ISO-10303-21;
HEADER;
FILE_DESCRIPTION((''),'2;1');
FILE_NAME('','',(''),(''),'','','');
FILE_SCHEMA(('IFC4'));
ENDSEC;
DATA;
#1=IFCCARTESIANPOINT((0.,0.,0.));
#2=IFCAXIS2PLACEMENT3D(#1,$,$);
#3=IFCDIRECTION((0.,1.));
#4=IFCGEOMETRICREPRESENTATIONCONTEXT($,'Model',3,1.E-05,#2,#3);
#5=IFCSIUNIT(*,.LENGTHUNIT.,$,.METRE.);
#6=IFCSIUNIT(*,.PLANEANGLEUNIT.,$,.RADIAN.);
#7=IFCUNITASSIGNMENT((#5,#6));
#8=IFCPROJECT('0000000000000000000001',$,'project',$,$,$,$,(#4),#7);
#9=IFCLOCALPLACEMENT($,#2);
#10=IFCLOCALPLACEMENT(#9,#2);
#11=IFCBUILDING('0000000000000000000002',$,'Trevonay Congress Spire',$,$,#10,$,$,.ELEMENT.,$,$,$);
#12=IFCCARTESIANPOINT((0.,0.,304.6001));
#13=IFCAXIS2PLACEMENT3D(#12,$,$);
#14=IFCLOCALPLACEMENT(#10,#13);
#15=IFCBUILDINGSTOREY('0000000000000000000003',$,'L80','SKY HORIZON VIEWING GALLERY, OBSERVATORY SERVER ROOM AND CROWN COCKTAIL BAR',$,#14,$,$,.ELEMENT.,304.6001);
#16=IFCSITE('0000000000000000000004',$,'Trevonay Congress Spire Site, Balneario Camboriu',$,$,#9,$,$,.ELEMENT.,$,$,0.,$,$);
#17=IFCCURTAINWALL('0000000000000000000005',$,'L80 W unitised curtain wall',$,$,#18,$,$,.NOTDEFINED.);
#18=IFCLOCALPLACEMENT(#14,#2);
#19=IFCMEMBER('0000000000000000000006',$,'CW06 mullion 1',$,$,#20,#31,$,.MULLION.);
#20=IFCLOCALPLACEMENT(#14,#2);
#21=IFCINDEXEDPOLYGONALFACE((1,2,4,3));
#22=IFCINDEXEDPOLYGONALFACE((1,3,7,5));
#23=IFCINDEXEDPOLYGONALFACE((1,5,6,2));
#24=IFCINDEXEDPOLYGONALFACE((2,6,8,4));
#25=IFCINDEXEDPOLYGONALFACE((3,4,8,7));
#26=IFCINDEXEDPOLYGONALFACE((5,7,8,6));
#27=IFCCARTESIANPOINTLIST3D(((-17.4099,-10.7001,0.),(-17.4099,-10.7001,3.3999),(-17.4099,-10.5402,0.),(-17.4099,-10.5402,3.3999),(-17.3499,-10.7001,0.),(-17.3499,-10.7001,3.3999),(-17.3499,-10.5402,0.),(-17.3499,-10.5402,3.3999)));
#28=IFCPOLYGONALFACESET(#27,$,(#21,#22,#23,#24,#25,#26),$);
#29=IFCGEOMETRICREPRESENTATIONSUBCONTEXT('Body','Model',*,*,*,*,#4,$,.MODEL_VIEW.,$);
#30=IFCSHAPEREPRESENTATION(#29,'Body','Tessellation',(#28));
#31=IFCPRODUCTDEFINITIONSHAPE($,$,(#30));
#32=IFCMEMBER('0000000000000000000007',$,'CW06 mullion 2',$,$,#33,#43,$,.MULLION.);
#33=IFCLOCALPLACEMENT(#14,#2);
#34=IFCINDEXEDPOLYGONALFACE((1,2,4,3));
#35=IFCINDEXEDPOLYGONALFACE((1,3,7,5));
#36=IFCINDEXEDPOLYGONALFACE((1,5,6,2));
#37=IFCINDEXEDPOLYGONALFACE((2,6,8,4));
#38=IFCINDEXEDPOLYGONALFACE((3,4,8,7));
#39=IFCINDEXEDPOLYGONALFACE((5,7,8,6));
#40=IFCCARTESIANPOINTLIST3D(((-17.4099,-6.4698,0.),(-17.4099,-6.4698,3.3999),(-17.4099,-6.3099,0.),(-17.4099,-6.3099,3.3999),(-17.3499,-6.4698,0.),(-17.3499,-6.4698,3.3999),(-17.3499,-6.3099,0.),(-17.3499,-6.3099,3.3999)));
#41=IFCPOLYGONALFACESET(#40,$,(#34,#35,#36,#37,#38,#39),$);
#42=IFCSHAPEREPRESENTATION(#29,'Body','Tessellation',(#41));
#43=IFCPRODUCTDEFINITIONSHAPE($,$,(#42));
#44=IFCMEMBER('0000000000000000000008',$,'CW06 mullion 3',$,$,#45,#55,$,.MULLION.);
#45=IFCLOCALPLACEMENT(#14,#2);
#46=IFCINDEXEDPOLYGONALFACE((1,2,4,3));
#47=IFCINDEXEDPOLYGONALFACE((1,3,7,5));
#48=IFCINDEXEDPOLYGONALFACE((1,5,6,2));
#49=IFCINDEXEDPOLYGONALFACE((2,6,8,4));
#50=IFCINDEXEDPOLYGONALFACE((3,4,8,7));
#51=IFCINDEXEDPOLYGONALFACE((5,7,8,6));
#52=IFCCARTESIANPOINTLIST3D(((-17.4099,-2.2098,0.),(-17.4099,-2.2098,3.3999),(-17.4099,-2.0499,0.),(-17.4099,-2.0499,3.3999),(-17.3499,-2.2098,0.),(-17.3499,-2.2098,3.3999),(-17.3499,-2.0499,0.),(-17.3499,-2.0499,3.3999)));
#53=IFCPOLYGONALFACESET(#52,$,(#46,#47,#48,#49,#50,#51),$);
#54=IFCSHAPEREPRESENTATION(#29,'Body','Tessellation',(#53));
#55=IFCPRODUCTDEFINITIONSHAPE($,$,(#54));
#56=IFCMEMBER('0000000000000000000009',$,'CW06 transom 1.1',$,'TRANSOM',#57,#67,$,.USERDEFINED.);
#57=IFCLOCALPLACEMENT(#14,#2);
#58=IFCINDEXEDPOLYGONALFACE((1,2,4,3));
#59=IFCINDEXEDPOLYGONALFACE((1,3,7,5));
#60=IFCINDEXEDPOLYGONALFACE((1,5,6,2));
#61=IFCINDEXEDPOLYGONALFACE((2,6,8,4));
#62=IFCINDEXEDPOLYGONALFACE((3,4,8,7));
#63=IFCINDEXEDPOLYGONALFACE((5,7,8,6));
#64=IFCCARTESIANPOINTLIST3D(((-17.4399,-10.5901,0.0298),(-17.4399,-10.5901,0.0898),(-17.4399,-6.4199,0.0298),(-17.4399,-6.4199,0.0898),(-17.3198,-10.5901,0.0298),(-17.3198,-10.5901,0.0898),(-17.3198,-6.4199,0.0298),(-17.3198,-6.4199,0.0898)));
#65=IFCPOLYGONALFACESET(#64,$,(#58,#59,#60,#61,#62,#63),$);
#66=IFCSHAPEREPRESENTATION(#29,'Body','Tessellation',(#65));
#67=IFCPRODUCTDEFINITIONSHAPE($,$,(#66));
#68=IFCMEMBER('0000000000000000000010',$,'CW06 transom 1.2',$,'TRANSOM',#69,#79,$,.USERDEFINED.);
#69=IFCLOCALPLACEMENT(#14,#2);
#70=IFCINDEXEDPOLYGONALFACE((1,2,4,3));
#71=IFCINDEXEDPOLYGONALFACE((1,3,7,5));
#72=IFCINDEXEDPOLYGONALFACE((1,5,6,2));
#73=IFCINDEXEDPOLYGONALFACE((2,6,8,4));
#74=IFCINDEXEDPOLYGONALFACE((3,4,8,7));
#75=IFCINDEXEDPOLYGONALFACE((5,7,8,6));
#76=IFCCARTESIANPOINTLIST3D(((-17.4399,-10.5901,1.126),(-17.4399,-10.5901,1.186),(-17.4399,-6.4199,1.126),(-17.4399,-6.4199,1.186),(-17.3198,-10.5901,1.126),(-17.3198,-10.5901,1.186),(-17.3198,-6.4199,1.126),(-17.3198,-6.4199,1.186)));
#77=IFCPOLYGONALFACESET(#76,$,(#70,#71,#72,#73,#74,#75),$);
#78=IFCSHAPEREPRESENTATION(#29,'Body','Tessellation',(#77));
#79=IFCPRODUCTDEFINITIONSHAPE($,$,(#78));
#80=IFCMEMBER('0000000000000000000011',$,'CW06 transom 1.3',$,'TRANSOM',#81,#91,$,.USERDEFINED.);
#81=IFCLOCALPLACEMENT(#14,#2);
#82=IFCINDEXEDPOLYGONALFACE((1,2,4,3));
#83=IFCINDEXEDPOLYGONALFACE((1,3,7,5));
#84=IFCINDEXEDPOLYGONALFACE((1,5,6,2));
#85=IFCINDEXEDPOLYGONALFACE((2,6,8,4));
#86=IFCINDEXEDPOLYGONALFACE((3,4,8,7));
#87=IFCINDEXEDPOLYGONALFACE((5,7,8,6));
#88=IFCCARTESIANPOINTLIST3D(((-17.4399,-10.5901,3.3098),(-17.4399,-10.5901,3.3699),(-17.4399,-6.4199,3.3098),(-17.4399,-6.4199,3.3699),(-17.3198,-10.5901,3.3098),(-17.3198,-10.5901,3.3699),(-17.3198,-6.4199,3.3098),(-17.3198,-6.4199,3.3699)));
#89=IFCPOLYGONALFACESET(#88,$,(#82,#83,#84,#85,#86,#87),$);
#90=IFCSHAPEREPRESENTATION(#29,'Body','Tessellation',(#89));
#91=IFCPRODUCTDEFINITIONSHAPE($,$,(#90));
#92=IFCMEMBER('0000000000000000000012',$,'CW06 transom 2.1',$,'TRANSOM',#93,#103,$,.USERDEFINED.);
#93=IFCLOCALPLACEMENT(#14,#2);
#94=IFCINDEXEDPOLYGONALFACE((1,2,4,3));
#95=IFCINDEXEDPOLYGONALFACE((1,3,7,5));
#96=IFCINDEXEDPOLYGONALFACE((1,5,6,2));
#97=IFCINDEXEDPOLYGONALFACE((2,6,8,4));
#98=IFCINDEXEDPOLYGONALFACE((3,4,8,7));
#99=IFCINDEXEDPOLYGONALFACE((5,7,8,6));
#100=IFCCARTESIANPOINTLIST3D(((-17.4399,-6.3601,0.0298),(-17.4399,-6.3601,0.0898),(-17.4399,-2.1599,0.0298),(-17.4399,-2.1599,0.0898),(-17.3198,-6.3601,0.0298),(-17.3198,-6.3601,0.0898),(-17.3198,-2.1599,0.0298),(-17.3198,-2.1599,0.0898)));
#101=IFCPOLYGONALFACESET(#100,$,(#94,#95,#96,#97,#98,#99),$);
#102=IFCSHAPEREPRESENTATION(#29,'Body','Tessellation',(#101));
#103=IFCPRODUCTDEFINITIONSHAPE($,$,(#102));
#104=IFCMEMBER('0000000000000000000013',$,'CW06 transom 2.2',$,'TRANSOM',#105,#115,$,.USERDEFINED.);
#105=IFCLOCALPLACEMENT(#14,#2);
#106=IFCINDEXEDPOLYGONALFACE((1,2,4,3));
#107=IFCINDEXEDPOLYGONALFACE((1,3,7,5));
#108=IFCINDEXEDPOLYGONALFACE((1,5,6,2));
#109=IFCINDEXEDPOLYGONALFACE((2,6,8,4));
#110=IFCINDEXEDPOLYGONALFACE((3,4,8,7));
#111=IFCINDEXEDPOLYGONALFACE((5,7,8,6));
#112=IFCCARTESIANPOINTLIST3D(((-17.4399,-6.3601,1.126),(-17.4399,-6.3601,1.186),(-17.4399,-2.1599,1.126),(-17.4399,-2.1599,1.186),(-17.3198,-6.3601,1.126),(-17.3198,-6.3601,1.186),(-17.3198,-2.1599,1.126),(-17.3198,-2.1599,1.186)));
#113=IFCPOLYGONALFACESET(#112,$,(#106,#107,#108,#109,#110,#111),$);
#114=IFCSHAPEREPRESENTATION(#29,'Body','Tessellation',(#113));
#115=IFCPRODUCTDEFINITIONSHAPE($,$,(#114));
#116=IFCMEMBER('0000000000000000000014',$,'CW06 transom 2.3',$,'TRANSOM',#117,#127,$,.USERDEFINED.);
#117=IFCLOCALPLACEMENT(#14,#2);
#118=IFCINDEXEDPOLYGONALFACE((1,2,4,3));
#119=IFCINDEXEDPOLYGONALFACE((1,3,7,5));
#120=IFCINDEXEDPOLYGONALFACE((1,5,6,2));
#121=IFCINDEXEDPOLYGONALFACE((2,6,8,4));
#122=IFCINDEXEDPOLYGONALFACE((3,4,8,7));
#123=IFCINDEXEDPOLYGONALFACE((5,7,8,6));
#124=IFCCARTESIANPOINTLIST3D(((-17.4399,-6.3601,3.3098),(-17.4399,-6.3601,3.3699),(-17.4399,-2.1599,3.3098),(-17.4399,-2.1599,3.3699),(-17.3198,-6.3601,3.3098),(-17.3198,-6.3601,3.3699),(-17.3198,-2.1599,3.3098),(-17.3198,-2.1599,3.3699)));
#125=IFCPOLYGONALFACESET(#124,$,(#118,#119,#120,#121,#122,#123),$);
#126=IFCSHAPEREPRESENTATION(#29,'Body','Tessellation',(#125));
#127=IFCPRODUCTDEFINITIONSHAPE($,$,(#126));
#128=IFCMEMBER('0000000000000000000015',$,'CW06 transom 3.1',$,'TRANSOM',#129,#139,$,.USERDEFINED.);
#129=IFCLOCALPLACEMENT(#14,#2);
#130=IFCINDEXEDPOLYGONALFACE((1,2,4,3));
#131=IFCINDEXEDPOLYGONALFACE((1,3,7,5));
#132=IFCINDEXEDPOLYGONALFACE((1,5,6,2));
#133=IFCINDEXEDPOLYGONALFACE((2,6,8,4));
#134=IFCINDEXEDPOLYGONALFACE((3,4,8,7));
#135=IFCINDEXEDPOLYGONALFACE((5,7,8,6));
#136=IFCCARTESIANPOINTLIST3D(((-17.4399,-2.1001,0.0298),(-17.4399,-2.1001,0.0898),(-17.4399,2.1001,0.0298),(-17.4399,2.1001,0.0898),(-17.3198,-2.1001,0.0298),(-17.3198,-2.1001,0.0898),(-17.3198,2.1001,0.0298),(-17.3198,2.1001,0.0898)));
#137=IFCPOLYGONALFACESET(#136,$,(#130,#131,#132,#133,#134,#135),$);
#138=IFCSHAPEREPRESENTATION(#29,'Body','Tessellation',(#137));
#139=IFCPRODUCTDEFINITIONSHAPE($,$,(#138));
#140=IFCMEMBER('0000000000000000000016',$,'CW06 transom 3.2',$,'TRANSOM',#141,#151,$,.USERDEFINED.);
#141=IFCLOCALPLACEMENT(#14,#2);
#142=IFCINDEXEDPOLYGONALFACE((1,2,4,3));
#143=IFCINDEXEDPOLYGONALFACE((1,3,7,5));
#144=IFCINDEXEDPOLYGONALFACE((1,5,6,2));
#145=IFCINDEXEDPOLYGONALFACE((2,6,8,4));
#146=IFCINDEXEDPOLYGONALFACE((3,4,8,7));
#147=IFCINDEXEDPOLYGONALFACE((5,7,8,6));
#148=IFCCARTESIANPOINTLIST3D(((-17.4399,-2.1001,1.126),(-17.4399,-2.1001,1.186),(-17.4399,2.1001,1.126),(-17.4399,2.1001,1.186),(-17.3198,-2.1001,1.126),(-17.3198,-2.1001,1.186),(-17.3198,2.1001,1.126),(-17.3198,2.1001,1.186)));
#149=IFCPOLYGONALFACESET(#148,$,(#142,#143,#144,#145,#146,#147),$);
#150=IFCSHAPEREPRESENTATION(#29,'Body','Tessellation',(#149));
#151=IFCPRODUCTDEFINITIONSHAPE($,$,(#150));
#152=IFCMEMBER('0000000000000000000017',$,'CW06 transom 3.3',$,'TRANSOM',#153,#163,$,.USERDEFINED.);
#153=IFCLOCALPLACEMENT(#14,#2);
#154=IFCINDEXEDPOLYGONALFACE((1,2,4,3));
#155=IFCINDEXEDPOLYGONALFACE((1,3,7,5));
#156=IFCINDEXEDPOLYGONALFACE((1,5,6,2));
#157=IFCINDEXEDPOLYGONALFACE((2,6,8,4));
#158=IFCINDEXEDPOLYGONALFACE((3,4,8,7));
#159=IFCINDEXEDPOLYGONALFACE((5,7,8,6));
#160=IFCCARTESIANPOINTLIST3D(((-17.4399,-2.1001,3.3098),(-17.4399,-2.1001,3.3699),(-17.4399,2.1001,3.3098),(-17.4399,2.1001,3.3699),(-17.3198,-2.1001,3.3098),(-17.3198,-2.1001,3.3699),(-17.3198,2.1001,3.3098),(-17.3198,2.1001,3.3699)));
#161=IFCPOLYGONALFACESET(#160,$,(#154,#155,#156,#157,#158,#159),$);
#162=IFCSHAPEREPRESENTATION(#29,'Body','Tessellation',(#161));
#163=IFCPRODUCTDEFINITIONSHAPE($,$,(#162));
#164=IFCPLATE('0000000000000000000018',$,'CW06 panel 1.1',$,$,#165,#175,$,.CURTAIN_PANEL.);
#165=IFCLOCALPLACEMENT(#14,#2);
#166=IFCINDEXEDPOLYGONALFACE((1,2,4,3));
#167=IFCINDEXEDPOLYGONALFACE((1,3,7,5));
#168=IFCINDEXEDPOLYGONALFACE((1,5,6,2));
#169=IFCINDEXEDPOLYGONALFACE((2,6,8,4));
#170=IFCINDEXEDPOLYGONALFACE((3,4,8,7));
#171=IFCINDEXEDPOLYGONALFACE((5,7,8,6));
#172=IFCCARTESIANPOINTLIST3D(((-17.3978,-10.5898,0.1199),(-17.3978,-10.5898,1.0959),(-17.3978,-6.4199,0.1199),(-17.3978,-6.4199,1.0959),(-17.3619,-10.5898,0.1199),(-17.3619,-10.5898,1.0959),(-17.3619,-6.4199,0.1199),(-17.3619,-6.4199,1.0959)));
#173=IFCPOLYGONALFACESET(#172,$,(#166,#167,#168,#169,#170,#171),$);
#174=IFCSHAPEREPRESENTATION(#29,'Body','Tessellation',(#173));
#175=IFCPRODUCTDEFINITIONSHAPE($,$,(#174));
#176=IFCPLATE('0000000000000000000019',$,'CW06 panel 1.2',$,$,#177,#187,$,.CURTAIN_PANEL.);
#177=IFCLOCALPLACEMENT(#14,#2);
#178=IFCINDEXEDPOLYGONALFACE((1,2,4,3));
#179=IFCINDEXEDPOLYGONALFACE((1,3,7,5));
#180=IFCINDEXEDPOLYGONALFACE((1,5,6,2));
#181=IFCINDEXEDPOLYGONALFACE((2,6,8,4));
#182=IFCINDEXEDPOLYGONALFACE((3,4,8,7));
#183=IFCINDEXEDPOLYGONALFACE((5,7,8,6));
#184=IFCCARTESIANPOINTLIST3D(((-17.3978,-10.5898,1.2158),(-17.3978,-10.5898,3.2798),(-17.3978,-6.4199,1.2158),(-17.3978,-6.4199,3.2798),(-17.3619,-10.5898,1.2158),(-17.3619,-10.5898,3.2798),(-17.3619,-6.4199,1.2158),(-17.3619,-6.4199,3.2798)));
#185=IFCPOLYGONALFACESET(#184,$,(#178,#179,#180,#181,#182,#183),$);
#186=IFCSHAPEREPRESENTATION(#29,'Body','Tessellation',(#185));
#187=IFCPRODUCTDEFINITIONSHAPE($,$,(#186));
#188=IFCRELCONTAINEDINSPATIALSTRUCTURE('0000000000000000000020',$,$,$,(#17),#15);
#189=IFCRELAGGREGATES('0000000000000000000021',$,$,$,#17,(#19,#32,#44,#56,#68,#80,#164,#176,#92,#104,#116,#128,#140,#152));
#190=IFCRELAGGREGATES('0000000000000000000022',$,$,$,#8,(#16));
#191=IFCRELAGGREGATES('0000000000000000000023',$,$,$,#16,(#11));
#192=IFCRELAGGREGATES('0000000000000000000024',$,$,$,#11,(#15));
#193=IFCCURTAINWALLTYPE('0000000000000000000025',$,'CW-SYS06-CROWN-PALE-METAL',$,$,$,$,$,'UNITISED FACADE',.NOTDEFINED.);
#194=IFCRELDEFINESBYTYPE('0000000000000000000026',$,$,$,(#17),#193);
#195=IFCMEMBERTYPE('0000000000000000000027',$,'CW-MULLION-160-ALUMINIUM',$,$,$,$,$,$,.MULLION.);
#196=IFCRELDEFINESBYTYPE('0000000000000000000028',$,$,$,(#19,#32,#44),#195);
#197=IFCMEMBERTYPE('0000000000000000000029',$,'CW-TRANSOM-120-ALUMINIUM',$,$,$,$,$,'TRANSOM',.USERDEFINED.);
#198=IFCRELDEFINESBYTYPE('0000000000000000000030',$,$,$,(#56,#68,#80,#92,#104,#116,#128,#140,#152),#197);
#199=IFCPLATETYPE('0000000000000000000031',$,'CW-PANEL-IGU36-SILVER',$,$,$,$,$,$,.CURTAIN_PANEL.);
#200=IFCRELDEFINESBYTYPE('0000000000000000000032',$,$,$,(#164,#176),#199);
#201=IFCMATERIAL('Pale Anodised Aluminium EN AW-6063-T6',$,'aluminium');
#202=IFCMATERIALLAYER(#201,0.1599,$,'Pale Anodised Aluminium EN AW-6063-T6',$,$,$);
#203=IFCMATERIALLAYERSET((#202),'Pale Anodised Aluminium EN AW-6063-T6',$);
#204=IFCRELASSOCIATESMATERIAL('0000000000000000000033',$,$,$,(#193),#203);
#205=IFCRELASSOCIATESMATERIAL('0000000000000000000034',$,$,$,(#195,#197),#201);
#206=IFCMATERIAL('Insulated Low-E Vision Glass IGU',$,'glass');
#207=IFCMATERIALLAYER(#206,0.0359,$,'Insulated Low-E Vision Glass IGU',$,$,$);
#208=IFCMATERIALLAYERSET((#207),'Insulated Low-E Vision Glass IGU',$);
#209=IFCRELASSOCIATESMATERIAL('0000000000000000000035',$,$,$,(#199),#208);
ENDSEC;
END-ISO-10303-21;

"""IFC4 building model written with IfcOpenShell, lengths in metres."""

from ifc_helpers import new_model, si_unit, direction, frame, origin, origin_2d, place, context, subcontext, project, spatial, rectangle, extrude, material, layer, layer_set, material_profile, profile_set, type_object, element, aggregate, save


model = new_model("IFC4")

# Units and contexts
model_context = context("Model", 3, precision=1e-05, world=origin(), true_north=direction((0.0, 1.0)))
body_context = subcontext(model_context, "Body", "Model", "MODEL_VIEW")
ifc_project = project(units=[si_unit("LENGTHUNIT", "METRE"), si_unit("PLANEANGLEUNIT", "RADIAN")], contexts=[model_context])

# Site, building, storey
site_placement = place(None, origin())
site = spatial("IfcSite", under=ifc_project, at=site_placement, Name="Trevonay Congress Spire Site, Balneario Camboriu", CompositionType="ELEMENT", RefElevation=0.0)
building_placement = place(site_placement, origin())
building = spatial("IfcBuilding", under=site, at=building_placement, Name="Trevonay Congress Spire", CompositionType="ELEMENT")
storey_placement = place(building_placement, frame((0.0, 0.0, 304.6001)))
storey = spatial("IfcBuildingStorey", under=building, at=storey_placement, Name="L80", Description="SKY HORIZON VIEWING GALLERY, OBSERVATORY SERVER ROOM AND CROWN COCKTAIL BAR", CompositionType="ELEMENT", Elevation=304.6001)

# Curtain wall, members, plates
ifc_material_1 = material(Name="Pale Anodised Aluminium EN AW-6063-T6", Category="aluminium")
ifc_layer_1 = layer(ifc_material_1, 0.1599, Name="Pale Anodised Aluminium EN AW-6063-T6")
ifc_layer_set_1 = layer_set([ifc_layer_1], Name="Pale Anodised Aluminium EN AW-6063-T6")
curtain_wall_type = type_object("IfcCurtainWallType", Name="CW-SYS06-CROWN-PALE-METAL", ElementType="UNITISED FACADE", PredefinedType="NOTDEFINED", material=ifc_layer_set_1)
curtain_wall_placement = place(storey_placement, origin())
curtain_wall = element("IfcCurtainWall", 1, at=curtain_wall_placement, inside=storey, type_object=curtain_wall_type, Name="L80 W unitised curtain wall", PredefinedType="NOTDEFINED")
ifc_material_profile_1 = material_profile(ifc_material_1, rectangle(XDim=0.0601, YDim=0.1599, at=origin_2d()), Name="CW-MULLION-160-ALUMINIUM")
ifc_profile_set_1 = profile_set([ifc_material_profile_1], Name="Pale Anodised Aluminium EN AW-6063-T6")
member_type_1 = type_object("IfcMemberType", Name="CW-MULLION-160-ALUMINIUM", PredefinedType="MULLION", material=ifc_profile_set_1)
member_1_placement = place(storey_placement, frame((-17.3799, -10.6201, 0.0), z_axis=(0.0, 0.0, 1.0), x_axis=(-1.0, 0.0, 0.0)))
member_1 = element("IfcMember", 2, at=member_1_placement, type_object=member_type_1, Name="CW06 mullion 1", PredefinedType="MULLION", context=body_context, shape_type="SweptSolid", body=[
    extrude(rectangle(XDim=0.0601, YDim=0.1599, at=origin_2d()), origin(), (0.0, 0.0, 1.0), 3.3999),
])
member_2_placement = place(storey_placement, frame((-17.3799, -6.3899, 0.0), z_axis=(0.0, 0.0, 1.0), x_axis=(-1.0, 0.0, 0.0)))
member_2 = element("IfcMember", 3, at=member_2_placement, type_object=member_type_1, Name="CW06 mullion 2", PredefinedType="MULLION", context=body_context, shape_type="SweptSolid", body=[
    extrude(rectangle(XDim=0.0601, YDim=0.1599, at=origin_2d()), origin(), (0.0, 0.0, 1.0), 3.3999),
])
member_3_placement = place(storey_placement, frame((-17.3799, -2.1299, 0.0), z_axis=(0.0, 0.0, 1.0), x_axis=(-1.0, 0.0, 0.0)))
member_3 = element("IfcMember", 4, at=member_3_placement, type_object=member_type_1, Name="CW06 mullion 3", PredefinedType="MULLION", context=body_context, shape_type="SweptSolid", body=[
    extrude(rectangle(XDim=0.0601, YDim=0.1599, at=origin_2d()), origin(), (0.0, 0.0, 1.0), 3.3999),
])
ifc_material_profile_2 = material_profile(ifc_material_1, rectangle(XDim=0.1201, YDim=0.0601, at=origin_2d()), Name="CW-TRANSOM-120-ALUMINIUM")
ifc_profile_set_2 = profile_set([ifc_material_profile_2], Name="Pale Anodised Aluminium EN AW-6063-T6")
member_type_2 = type_object("IfcMemberType", Name="CW-TRANSOM-120-ALUMINIUM", ElementType="TRANSOM", PredefinedType="USERDEFINED", material=ifc_profile_set_2)
member_4_placement = place(storey_placement, frame((-17.3799, -10.5901, 0.0598), z_axis=(0.0, 1.0, 0.0), x_axis=(-1.0, 0.0, 0.0)))
member_4 = element("IfcMember", 5, at=member_4_placement, type_object=member_type_2, Name="CW06 transom 1.1", ObjectType="TRANSOM", PredefinedType="USERDEFINED", context=body_context, shape_type="SweptSolid", body=[
    extrude(rectangle(XDim=0.1201, YDim=0.0601, at=origin_2d()), origin(), (0.0, 0.0, 1.0), 4.1702),
])
member_5_placement = place(storey_placement, frame((-17.3799, -10.5901, 1.156), z_axis=(0.0, 1.0, 0.0), x_axis=(-1.0, 0.0, 0.0)))
member_5 = element("IfcMember", 6, at=member_5_placement, type_object=member_type_2, Name="CW06 transom 1.2", ObjectType="TRANSOM", PredefinedType="USERDEFINED", context=body_context, shape_type="SweptSolid", body=[
    extrude(rectangle(XDim=0.1201, YDim=0.0601, at=origin_2d()), origin(), (0.0, 0.0, 1.0), 4.1702),
])
member_6_placement = place(storey_placement, frame((-17.3799, -10.5901, 3.3398), z_axis=(0.0, 1.0, 0.0), x_axis=(-1.0, 0.0, 0.0)))
member_6 = element("IfcMember", 7, at=member_6_placement, type_object=member_type_2, Name="CW06 transom 1.3", ObjectType="TRANSOM", PredefinedType="USERDEFINED", context=body_context, shape_type="SweptSolid", body=[
    extrude(rectangle(XDim=0.1201, YDim=0.0601, at=origin_2d()), origin(), (0.0, 0.0, 1.0), 4.1702),
])
member_7_placement = place(storey_placement, frame((-17.3799, -6.3601, 0.0598), z_axis=(0.0, 1.0, 0.0), x_axis=(-1.0, 0.0, 0.0)))
member_7 = element("IfcMember", 8, at=member_7_placement, type_object=member_type_2, Name="CW06 transom 2.1", ObjectType="TRANSOM", PredefinedType="USERDEFINED", context=body_context, shape_type="SweptSolid", body=[
    extrude(rectangle(XDim=0.1201, YDim=0.0601, at=origin_2d()), origin(), (0.0, 0.0, 1.0), 4.2002),
])
member_8_placement = place(storey_placement, frame((-17.3799, -6.3601, 1.156), z_axis=(0.0, 1.0, 0.0), x_axis=(-1.0, 0.0, 0.0)))
member_8 = element("IfcMember", 9, at=member_8_placement, type_object=member_type_2, Name="CW06 transom 2.2", ObjectType="TRANSOM", PredefinedType="USERDEFINED", context=body_context, shape_type="SweptSolid", body=[
    extrude(rectangle(XDim=0.1201, YDim=0.0601, at=origin_2d()), origin(), (0.0, 0.0, 1.0), 4.2002),
])
member_9_placement = place(storey_placement, frame((-17.3799, -6.3601, 3.3398), z_axis=(0.0, 1.0, 0.0), x_axis=(-1.0, 0.0, 0.0)))
member_9 = element("IfcMember", 10, at=member_9_placement, type_object=member_type_2, Name="CW06 transom 2.3", ObjectType="TRANSOM", PredefinedType="USERDEFINED", context=body_context, shape_type="SweptSolid", body=[
    extrude(rectangle(XDim=0.1201, YDim=0.0601, at=origin_2d()), origin(), (0.0, 0.0, 1.0), 4.2002),
])
member_10_placement = place(storey_placement, frame((-17.3799, -2.1001, 0.0598), z_axis=(0.0, 1.0, 0.0), x_axis=(-1.0, 0.0, 0.0)))
member_10 = element("IfcMember", 11, at=member_10_placement, type_object=member_type_2, Name="CW06 transom 3.1", ObjectType="TRANSOM", PredefinedType="USERDEFINED", context=body_context, shape_type="SweptSolid", body=[
    extrude(rectangle(XDim=0.1201, YDim=0.0601, at=origin_2d()), origin(), (0.0, 0.0, 1.0), 4.2002),
])
member_11_placement = place(storey_placement, frame((-17.3799, -2.1001, 1.156), z_axis=(0.0, 1.0, 0.0), x_axis=(-1.0, 0.0, 0.0)))
member_11 = element("IfcMember", 12, at=member_11_placement, type_object=member_type_2, Name="CW06 transom 3.2", ObjectType="TRANSOM", PredefinedType="USERDEFINED", context=body_context, shape_type="SweptSolid", body=[
    extrude(rectangle(XDim=0.1201, YDim=0.0601, at=origin_2d()), origin(), (0.0, 0.0, 1.0), 4.2002),
])
member_12_placement = place(storey_placement, frame((-17.3799, -2.1001, 3.3398), z_axis=(0.0, 1.0, 0.0), x_axis=(-1.0, 0.0, 0.0)))
member_12 = element("IfcMember", 13, at=member_12_placement, type_object=member_type_2, Name="CW06 transom 3.3", ObjectType="TRANSOM", PredefinedType="USERDEFINED", context=body_context, shape_type="SweptSolid", body=[
    extrude(rectangle(XDim=0.1201, YDim=0.0601, at=origin_2d()), origin(), (0.0, 0.0, 1.0), 4.2002),
])
ifc_material_2 = material(Name="Insulated Low-E Vision Glass IGU", Category="glass")
ifc_layer_2 = layer(ifc_material_2, 0.0359, Name="Insulated Low-E Vision Glass IGU")
ifc_layer_set_2 = layer_set([ifc_layer_2], Name="Insulated Low-E Vision Glass IGU")
plate_type = type_object("IfcPlateType", Name="CW-PANEL-IGU36-SILVER", PredefinedType="CURTAIN_PANEL", material=ifc_layer_set_2)
plate_1_placement = place(storey_placement, frame((-17.3799, -8.5049, 0.1199), z_axis=(0.0, 0.0, 1.0), x_axis=(0.0, 1.0, 0.0)))
plate_1 = element("IfcPlate", 14, at=plate_1_placement, type_object=plate_type, Name="CW06 panel 1.1", PredefinedType="CURTAIN_PANEL", context=body_context, shape_type="SweptSolid", body=[
    extrude(rectangle(XDim=4.1699, YDim=0.0359, at=origin_2d()), origin(), (0.0, 0.0, 1.0), 0.9761),
])
plate_2_placement = place(storey_placement, frame((-17.3799, -8.5049, 1.2158), z_axis=(0.0, 0.0, 1.0), x_axis=(0.0, 1.0, 0.0)))
plate_2 = element("IfcPlate", 15, at=plate_2_placement, type_object=plate_type, Name="CW06 panel 1.2", PredefinedType="CURTAIN_PANEL", context=body_context, shape_type="SweptSolid", body=[
    extrude(rectangle(XDim=4.1699, YDim=0.0359, at=origin_2d()), origin(), (0.0, 0.0, 1.0), 2.064),
])
aggregate(curtain_wall, [member_1, member_2, member_3, member_4, member_5, member_6, plate_1, plate_2, member_7, member_8, member_9, member_10, member_11, member_12])

save(model, "model.ifc")
